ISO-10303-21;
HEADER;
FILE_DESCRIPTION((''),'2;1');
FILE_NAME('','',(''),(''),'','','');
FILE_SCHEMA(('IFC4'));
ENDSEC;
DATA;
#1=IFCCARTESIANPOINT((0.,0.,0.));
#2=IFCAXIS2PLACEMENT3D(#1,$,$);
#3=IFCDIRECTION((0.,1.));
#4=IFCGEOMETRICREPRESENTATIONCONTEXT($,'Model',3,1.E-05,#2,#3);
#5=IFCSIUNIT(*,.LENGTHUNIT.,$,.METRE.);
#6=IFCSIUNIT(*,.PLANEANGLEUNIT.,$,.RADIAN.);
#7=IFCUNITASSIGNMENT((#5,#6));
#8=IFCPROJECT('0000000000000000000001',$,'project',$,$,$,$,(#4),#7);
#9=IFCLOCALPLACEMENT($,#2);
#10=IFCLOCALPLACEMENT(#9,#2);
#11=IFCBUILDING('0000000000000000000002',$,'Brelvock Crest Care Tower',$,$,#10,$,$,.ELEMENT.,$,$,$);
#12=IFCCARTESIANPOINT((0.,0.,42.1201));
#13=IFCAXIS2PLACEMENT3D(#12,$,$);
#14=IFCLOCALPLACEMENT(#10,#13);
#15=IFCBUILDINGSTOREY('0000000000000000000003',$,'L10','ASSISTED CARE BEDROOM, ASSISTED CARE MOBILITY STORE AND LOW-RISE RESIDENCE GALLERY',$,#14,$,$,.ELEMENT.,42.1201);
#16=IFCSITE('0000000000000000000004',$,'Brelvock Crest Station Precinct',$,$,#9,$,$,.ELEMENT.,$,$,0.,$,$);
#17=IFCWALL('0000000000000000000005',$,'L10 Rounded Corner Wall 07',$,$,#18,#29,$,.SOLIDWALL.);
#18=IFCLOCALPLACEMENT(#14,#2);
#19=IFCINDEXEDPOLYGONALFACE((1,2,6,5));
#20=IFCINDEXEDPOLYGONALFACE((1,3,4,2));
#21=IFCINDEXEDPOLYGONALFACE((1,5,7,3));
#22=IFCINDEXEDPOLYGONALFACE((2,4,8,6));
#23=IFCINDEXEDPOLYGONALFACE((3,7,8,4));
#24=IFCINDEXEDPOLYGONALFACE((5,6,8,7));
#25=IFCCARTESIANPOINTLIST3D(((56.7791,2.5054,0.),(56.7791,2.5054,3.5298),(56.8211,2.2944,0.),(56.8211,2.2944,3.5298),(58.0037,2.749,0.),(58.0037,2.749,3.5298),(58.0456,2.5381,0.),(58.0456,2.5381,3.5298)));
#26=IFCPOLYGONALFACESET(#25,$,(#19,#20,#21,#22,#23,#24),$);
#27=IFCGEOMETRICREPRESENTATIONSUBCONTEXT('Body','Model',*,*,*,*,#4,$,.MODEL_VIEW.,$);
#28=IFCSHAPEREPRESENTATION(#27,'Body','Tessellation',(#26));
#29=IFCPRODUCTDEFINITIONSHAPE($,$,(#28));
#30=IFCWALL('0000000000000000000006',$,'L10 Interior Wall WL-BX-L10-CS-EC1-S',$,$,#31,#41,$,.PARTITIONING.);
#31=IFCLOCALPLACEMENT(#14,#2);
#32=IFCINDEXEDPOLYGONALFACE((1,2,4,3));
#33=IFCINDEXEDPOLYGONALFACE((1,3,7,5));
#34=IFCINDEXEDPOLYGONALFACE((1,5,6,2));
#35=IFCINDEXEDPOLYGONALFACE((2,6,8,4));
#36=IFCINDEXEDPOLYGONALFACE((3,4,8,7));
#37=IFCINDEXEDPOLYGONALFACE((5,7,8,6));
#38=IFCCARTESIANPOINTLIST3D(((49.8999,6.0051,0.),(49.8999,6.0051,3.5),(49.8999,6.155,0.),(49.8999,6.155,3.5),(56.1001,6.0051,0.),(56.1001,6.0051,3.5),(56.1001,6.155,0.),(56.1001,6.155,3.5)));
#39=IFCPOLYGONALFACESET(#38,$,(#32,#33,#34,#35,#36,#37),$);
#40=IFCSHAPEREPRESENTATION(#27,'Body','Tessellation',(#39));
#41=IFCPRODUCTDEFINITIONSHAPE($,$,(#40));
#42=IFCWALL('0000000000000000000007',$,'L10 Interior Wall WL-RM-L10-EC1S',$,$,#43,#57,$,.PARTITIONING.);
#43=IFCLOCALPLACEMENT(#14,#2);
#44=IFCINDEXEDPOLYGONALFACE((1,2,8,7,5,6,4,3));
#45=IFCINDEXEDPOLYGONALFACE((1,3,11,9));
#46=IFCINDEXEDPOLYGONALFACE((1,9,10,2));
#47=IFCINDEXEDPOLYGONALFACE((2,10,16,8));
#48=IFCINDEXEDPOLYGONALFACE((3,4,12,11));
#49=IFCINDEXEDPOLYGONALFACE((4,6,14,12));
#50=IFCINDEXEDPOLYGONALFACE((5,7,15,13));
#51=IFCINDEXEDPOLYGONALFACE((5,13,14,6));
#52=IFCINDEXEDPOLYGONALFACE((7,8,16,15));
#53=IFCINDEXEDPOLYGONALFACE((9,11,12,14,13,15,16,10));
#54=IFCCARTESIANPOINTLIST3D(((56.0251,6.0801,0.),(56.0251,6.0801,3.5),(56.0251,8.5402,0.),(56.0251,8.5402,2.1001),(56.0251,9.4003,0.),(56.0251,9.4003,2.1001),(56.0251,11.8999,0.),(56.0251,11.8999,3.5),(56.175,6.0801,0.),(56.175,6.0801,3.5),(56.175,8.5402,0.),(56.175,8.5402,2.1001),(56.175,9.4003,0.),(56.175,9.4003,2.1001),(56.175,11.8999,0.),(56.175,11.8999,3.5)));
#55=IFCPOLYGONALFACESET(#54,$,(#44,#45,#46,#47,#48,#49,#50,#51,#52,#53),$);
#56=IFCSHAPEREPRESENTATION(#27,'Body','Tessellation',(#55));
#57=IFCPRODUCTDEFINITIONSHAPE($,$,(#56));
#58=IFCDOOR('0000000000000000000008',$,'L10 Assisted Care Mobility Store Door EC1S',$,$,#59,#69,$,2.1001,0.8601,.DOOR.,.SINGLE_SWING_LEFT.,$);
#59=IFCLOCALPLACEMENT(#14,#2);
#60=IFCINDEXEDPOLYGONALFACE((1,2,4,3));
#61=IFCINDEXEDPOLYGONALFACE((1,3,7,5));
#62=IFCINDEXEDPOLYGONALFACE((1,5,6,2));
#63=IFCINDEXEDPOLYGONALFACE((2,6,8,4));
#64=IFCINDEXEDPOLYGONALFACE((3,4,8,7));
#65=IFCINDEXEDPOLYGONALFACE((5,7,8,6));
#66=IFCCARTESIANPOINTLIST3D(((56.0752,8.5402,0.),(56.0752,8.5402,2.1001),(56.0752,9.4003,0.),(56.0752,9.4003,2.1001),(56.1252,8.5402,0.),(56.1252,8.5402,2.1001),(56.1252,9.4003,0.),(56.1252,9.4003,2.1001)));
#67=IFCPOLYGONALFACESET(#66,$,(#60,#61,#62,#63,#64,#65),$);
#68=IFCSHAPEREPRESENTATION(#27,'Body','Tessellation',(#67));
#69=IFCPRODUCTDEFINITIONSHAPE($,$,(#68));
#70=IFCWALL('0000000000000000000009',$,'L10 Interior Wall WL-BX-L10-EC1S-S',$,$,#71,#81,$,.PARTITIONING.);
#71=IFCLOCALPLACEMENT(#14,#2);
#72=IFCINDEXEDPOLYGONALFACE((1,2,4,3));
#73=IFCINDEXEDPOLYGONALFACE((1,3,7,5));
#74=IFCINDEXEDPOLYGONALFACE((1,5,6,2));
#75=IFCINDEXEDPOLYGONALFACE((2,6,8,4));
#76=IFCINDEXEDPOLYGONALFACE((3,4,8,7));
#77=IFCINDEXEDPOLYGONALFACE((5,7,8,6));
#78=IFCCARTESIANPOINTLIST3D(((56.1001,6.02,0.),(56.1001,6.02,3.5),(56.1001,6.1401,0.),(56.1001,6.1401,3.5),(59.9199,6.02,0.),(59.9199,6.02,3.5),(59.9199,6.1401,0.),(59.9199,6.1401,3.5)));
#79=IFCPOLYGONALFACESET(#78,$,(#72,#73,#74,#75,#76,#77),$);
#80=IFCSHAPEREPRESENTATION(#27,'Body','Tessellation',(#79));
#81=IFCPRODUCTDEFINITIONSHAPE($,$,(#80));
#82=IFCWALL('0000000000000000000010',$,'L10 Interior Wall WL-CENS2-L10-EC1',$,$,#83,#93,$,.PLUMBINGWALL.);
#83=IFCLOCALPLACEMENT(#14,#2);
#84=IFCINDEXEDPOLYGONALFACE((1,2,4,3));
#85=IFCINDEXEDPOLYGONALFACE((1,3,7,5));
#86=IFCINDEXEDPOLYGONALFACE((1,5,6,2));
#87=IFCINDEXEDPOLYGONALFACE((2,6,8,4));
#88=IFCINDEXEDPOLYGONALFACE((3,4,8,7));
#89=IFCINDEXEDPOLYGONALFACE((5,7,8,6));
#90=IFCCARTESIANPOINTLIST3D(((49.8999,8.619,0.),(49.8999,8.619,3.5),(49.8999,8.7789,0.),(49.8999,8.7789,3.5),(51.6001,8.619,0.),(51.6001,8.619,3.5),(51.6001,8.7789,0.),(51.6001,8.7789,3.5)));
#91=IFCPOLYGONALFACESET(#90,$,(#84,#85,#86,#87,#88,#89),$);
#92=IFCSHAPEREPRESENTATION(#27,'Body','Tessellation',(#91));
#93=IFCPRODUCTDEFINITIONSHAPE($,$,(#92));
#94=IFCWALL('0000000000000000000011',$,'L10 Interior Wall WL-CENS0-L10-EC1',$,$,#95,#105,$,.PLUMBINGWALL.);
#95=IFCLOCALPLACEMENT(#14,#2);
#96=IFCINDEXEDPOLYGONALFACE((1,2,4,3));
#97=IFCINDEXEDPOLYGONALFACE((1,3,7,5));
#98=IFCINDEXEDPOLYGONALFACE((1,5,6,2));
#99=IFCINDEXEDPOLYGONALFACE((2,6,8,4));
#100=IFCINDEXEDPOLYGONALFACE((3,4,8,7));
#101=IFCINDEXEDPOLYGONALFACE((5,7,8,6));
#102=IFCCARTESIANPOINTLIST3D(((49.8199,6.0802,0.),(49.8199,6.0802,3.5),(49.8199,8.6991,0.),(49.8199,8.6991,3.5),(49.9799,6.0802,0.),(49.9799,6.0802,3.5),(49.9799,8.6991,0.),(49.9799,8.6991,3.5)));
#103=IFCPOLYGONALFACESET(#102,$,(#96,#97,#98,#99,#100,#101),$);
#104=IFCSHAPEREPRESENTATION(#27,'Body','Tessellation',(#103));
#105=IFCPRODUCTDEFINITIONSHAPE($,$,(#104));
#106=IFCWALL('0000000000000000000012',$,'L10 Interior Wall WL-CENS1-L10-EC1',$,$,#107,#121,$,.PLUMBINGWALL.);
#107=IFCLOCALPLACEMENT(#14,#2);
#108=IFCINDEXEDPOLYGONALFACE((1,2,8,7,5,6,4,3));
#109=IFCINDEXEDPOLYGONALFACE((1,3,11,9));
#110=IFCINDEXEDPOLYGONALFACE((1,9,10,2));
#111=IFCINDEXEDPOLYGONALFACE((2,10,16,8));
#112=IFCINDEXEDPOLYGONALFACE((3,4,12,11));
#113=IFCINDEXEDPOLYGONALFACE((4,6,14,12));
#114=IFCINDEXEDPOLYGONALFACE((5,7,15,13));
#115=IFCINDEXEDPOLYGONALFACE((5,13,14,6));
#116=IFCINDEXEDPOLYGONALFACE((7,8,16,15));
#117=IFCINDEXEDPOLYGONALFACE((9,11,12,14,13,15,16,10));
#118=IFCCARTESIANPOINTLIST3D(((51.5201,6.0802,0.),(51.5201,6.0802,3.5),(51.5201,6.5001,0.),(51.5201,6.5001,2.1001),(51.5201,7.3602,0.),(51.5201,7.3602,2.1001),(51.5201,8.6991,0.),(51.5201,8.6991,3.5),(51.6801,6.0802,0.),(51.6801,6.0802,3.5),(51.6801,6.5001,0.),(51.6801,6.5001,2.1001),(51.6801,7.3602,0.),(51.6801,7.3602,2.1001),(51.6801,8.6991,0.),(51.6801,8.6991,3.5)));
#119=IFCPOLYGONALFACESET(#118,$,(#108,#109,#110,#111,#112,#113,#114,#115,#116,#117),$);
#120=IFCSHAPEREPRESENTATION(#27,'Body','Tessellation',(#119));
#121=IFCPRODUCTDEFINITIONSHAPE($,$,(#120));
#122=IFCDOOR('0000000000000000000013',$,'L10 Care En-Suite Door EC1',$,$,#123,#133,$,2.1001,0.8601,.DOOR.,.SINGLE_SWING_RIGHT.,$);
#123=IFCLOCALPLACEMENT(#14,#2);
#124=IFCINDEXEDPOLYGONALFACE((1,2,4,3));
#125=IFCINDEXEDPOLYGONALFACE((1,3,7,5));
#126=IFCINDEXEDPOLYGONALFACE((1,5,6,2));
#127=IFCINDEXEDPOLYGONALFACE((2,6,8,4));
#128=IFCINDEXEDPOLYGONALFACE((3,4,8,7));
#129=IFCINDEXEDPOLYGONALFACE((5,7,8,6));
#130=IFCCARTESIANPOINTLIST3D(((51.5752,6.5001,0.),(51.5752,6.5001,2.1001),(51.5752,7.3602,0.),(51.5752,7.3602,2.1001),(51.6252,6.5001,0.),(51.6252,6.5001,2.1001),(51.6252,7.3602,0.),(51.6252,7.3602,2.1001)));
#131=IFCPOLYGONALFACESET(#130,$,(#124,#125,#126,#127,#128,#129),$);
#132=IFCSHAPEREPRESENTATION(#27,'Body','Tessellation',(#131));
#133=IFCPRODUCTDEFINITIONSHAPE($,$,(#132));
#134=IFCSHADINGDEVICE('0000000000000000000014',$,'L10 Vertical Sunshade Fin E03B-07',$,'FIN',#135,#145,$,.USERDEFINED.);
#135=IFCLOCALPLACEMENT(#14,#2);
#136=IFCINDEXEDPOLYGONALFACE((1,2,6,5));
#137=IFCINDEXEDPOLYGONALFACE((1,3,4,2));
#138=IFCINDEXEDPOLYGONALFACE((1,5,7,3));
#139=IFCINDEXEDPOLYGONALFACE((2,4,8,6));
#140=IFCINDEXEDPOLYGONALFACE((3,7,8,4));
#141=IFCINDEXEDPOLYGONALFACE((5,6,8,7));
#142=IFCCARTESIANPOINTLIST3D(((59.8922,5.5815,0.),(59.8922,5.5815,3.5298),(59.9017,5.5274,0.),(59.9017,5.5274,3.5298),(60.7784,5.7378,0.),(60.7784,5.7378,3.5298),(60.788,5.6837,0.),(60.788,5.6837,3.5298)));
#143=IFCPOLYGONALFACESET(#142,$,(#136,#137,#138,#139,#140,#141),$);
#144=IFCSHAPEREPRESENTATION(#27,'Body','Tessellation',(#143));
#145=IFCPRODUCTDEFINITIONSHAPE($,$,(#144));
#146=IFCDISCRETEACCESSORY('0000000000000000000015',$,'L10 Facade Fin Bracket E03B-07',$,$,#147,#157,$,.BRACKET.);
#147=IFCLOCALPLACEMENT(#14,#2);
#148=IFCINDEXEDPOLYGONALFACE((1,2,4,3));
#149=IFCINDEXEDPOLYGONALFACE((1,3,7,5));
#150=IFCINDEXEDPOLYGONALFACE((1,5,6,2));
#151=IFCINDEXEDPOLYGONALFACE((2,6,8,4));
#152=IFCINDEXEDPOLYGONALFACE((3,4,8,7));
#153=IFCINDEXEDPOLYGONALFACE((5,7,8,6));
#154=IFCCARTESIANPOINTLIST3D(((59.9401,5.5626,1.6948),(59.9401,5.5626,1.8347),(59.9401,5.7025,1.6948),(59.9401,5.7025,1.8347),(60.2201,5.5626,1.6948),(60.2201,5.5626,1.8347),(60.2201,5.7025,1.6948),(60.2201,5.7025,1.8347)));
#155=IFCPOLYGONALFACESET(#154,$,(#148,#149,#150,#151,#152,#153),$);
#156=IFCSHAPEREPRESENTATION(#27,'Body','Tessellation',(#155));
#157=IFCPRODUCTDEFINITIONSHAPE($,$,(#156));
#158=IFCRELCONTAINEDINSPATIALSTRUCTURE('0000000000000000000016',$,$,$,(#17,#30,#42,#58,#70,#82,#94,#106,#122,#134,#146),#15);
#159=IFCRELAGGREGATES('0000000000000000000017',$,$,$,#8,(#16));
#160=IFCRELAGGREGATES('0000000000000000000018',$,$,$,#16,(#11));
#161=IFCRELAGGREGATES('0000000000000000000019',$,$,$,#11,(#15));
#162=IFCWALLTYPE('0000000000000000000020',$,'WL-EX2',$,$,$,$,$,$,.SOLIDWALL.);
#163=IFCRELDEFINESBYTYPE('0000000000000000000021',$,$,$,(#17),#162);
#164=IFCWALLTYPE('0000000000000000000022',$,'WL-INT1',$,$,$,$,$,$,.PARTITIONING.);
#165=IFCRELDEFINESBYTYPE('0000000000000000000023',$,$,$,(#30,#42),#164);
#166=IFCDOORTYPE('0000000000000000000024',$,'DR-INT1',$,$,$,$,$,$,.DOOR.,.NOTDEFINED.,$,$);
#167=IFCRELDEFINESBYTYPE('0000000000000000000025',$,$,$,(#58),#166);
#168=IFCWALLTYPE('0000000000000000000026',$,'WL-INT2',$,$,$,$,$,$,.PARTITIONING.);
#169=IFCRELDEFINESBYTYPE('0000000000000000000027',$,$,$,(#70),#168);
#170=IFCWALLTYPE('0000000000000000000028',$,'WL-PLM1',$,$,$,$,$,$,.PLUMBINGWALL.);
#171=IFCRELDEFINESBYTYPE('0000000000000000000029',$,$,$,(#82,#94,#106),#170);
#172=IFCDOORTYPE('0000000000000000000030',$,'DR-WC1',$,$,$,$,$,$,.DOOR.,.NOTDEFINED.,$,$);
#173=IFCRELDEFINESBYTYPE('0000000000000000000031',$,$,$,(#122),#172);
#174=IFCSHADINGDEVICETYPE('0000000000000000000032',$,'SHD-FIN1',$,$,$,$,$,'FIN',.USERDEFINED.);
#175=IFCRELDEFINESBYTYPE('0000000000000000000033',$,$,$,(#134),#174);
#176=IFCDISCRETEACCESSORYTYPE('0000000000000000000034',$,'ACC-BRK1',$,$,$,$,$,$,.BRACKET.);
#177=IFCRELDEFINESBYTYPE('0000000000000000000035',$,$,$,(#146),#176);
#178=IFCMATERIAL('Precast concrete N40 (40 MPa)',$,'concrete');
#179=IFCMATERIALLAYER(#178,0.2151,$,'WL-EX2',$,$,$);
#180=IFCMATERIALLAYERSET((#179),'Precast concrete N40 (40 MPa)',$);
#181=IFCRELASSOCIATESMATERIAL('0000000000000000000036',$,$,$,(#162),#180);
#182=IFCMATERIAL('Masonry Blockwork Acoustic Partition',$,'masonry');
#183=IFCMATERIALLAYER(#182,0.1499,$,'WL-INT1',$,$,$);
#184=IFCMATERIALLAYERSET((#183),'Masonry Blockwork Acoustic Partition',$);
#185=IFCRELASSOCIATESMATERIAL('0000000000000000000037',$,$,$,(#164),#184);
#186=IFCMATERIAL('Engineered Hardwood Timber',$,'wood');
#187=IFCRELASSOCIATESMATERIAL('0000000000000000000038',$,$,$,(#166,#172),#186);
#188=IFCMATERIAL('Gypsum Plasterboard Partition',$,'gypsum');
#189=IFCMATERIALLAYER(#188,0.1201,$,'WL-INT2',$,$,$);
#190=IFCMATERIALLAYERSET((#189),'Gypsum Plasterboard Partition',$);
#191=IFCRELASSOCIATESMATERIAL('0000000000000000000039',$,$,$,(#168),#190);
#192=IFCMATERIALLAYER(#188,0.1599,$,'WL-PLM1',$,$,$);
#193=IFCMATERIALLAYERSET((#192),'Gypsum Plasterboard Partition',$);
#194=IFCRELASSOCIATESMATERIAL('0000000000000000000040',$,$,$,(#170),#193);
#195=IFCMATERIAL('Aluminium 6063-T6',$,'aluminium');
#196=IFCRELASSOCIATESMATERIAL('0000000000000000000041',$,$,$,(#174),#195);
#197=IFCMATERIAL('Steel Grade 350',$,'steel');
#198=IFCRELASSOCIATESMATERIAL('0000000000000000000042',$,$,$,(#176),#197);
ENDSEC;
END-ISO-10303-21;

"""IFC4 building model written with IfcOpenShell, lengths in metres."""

from ifc_helpers import new_model, si_unit, direction, frame, frame_2d, origin, origin_2d, place, context, subcontext, project, spatial, rectangle, extrude, source, transform, mapped, material, layer, layer_set, material_profile, profile_set, type_object, element, fill, save


model = new_model("IFC4")

# Units and contexts
model_context = context("Model", 3, precision=1e-05, world=origin(), true_north=direction((0.0, 1.0)))
body_context = subcontext(model_context, "Body", "Model", "MODEL_VIEW")
ifc_project = project(units=[si_unit("LENGTHUNIT", "METRE"), si_unit("PLANEANGLEUNIT", "RADIAN")], contexts=[model_context])

# Site, building, storey
site_placement = place(None, origin())
site = spatial("IfcSite", under=ifc_project, at=site_placement, Name="Brelvock Crest Station Precinct", CompositionType="ELEMENT", RefElevation=0.0)
building_placement = place(site_placement, origin())
building = spatial("IfcBuilding", under=site, at=building_placement, Name="Brelvock Crest Care Tower", CompositionType="ELEMENT")
storey_placement = place(building_placement, frame((0.0, 0.0, 42.1201)))
storey = spatial("IfcBuildingStorey", under=building, at=storey_placement, Name="L10", Description="ASSISTED CARE BEDROOM, ASSISTED CARE MOBILITY STORE AND LOW-RISE RESIDENCE GALLERY", CompositionType="ELEMENT", Elevation=42.1201)

# Shared definitions
ifc_material_1 = material(Name="Steel Grade 350", Category="steel")

# Shared definitions
ifc_material_2 = material(Name="Aluminium 6063-T6", Category="aluminium")

# Walls
ifc_material_3 = material(Name="Precast concrete N40 (40 MPa)", Category="concrete")
ifc_layer_1 = layer(ifc_material_3, 0.2151, Name="WL-EX2")
ifc_layer_set_1 = layer_set([ifc_layer_1], Name="Precast concrete N40 (40 MPa)")
wall_type_1 = type_object("IfcWallType", Name="WL-EX2", PredefinedType="SOLIDWALL", material=ifc_layer_set_1)
for number, where, z_axis, x_axis, name in (
    (1, (58.0247, 2.6436, 0.0), (0.0, 0.0, 1.0), (-0.980776, -0.195138, 0.0), "L10 Rounded Corner Wall 07"),
):
    element("IfcWall", number, at=place(storey_placement, frame(where, z_axis=z_axis, x_axis=x_axis)), inside=storey, type_object=wall_type_1, Name=name, PredefinedType="SOLIDWALL", context=body_context, shape_type="SweptSolid", body=[
        extrude(rectangle(XDim=1.2485, YDim=0.2151, at=frame_2d((0.6243, 0.0))), origin(), (0.0, 0.0, 1.0), 3.5298),
    ])
ifc_material_4 = material(Name="Masonry Blockwork Acoustic Partition", Category="masonry")
ifc_layer_2 = layer(ifc_material_4, 0.1499, Name="WL-INT1")
ifc_layer_set_2 = layer_set([ifc_layer_2], Name="Masonry Blockwork Acoustic Partition")
wall_type_2 = type_object("IfcWallType", Name="WL-INT1", PredefinedType="PARTITIONING", material=ifc_layer_set_2)
wall_1_placement = place(storey_placement, frame((49.8999, 6.0801, 0.0), z_axis=(0.0, 0.0, 1.0), x_axis=(1.0, 0.0, 0.0)))
element("IfcWall", 2, at=wall_1_placement, inside=storey, type_object=wall_type_2, Name="L10 Interior Wall WL-BX-L10-CS-EC1-S", PredefinedType="PARTITIONING", context=body_context, shape_type="SweptSolid", body=[
    extrude(rectangle(XDim=6.2002, YDim=0.1499, at=frame_2d((3.1001, 0.0))), origin(), (0.0, 0.0, 1.0), 3.5),
])

# Wall, opening, door
wall_2_placement = place(storey_placement, frame((56.1001, 6.0801, 0.0), z_axis=(0.0, 0.0, 1.0), x_axis=(0.0, 1.0, 0.0)))
wall_2 = element("IfcWall", 3, at=wall_2_placement, inside=storey, type_object=wall_type_2, Name="L10 Interior Wall WL-RM-L10-EC1S", PredefinedType="PARTITIONING", context=body_context, shape_type="SweptSolid", body=[
    extrude(rectangle(XDim=5.8198, YDim=0.1499, at=frame_2d((2.9099, 0.0))), origin(), (0.0, 0.0, 1.0), 3.5),
])
opening_1_placement = place(wall_2_placement, frame((2.46, 0.0, 0.0)))
opening_1 = element("IfcOpeningElement", 4, at=opening_1_placement, cuts=wall_2, PredefinedType="OPENING", context=body_context, shape_type="SweptSolid", body=[
    extrude(rectangle(XDim=0.8601, YDim=2.1001, at=origin_2d()), frame((0.4302, 0.085, 1.05), z_axis=(0.0, -1.0, 0.0), x_axis=(1.0, 0.0, 0.0)), (0.0, 0.0, 1.0), 0.1699),
])
ifc_material_5 = material(Name="Engineered Hardwood Timber", Category="wood")
door_type_1 = type_object("IfcDoorType", Name="DR-INT1", OperationType="NOTDEFINED", PredefinedType="DOOR", material=ifc_material_5)
shared_shape_1 = source(origin(), body_context, "Body", "SweptSolid", [
    extrude(rectangle(XDim=0.8601, YDim=2.1001, at=origin_2d()), frame((0.4302, 0.0249, 1.05), z_axis=(0.0, -1.0, 0.0), x_axis=(1.0, 0.0, 0.0)), (0.0, 0.0, 1.0), 0.05),
])
door_1_placement = place(opening_1_placement, origin())
door_1 = element("IfcDoor", 5, at=door_1_placement, inside=storey, type_object=door_type_1, Name="L10 Assisted Care Mobility Store Door EC1S", OperationType="SINGLE_SWING_LEFT", OverallHeight=2.1001, OverallWidth=0.8601, PredefinedType="DOOR", context=body_context, shape_type="MappedRepresentation", body=[
    mapped(shared_shape_1, transform((0.0, 0.0, 0.0), x_axis=(1.0, 0.0, 0.0), y_axis=(0.0, 1.0, 0.0), z_axis=(0.0, 0.0, 1.0), scale=1.0)),
])
fill(opening_1, door_1)

# Walls
ifc_material_6 = material(Name="Gypsum Plasterboard Partition", Category="gypsum")
ifc_layer_3 = layer(ifc_material_6, 0.1201, Name="WL-INT2")
ifc_layer_set_3 = layer_set([ifc_layer_3], Name="Gypsum Plasterboard Partition")
wall_type_3 = type_object("IfcWallType", Name="WL-INT2", PredefinedType="PARTITIONING", material=ifc_layer_set_3)
wall_3_placement = place(storey_placement, frame((56.1001, 6.0801, 0.0), z_axis=(0.0, 0.0, 1.0), x_axis=(1.0, 0.0, 0.0)))
element("IfcWall", 6, at=wall_3_placement, inside=storey, type_object=wall_type_3, Name="L10 Interior Wall WL-BX-L10-EC1S-S", PredefinedType="PARTITIONING", context=body_context, shape_type="SweptSolid", body=[
    extrude(rectangle(XDim=3.8198, YDim=0.1201, at=frame_2d((1.9099, 0.0))), origin(), (0.0, 0.0, 1.0), 3.5),
])
ifc_layer_4 = layer(ifc_material_6, 0.1599, Name="WL-PLM1")
ifc_layer_set_4 = layer_set([ifc_layer_4], Name="Gypsum Plasterboard Partition")
wall_type_4 = type_object("IfcWallType", Name="WL-PLM1", PredefinedType="PLUMBINGWALL", material=ifc_layer_set_4)
wall_4_placement = place(storey_placement, frame((49.8999, 8.699, 0.0), z_axis=(0.0, 0.0, 1.0), x_axis=(1.0, 0.0, 0.0)))
element("IfcWall", 7, at=wall_4_placement, inside=storey, type_object=wall_type_4, Name="L10 Interior Wall WL-CENS2-L10-EC1", PredefinedType="PLUMBINGWALL", context=body_context, shape_type="SweptSolid", body=[
    extrude(rectangle(XDim=1.7002, YDim=0.1599, at=frame_2d((0.8501, 0.0))), origin(), (0.0, 0.0, 1.0), 3.5),
])
wall_5_placement = place(storey_placement, frame((49.8999, 6.0801, 0.0), z_axis=(0.0, 0.0, 1.0), x_axis=(0.0, 1.0, 0.0)))
element("IfcWall", 8, at=wall_5_placement, inside=storey, type_object=wall_type_4, Name="L10 Interior Wall WL-CENS0-L10-EC1", PredefinedType="PLUMBINGWALL", context=body_context, shape_type="SweptSolid", body=[
    extrude(rectangle(XDim=2.6189, YDim=0.1599, at=frame_2d((1.3096, 0.0))), origin(), (0.0, 0.0, 1.0), 3.5),
])

# Wall, opening, door
wall_6_placement = place(storey_placement, frame((51.6001, 6.0801, 0.0), z_axis=(0.0, 0.0, 1.0), x_axis=(0.0, 1.0, 0.0)))
wall_6 = element("IfcWall", 9, at=wall_6_placement, inside=storey, type_object=wall_type_4, Name="L10 Interior Wall WL-CENS1-L10-EC1", PredefinedType="PLUMBINGWALL", context=body_context, shape_type="SweptSolid", body=[
    extrude(rectangle(XDim=2.6189, YDim=0.1599, at=frame_2d((1.3096, 0.0))), origin(), (0.0, 0.0, 1.0), 3.5),
])
opening_2_placement = place(wall_6_placement, frame((0.4199, 0.0, 0.0)))
opening_2 = element("IfcOpeningElement", 10, at=opening_2_placement, cuts=wall_6, PredefinedType="OPENING", context=body_context, shape_type="SweptSolid", body=[
    extrude(rectangle(XDim=0.8601, YDim=2.1001, at=origin_2d()), frame((0.4302, 0.0898, 1.05), z_axis=(0.0, -1.0, 0.0), x_axis=(1.0, 0.0, 0.0)), (0.0, 0.0, 1.0), 0.1799),
])
door_type_2 = type_object("IfcDoorType", Name="DR-WC1", OperationType="NOTDEFINED", PredefinedType="DOOR", material=ifc_material_5)
shared_shape_2 = source(origin(), body_context, "Body", "SweptSolid", [
    extrude(rectangle(XDim=0.8601, YDim=2.1001, at=origin_2d()), frame((0.4302, 0.0249, 1.05), z_axis=(0.0, -1.0, 0.0), x_axis=(1.0, 0.0, 0.0)), (0.0, 0.0, 1.0), 0.05),
])
door_2_placement = place(opening_2_placement, origin())
door_2 = element("IfcDoor", 11, at=door_2_placement, inside=storey, type_object=door_type_2, Name="L10 Care En-Suite Door EC1", OperationType="SINGLE_SWING_RIGHT", OverallHeight=2.1001, OverallWidth=0.8601, PredefinedType="DOOR", context=body_context, shape_type="MappedRepresentation", body=[
    mapped(shared_shape_2, transform((0.0, 0.0, 0.0), x_axis=(1.0, 0.0, 0.0), y_axis=(0.0, 1.0, 0.0), z_axis=(0.0, 0.0, 1.0), scale=1.0)),
])
fill(opening_2, door_2)

# Shading device
ifc_material_profile_1 = material_profile(ifc_material_2, rectangle(XDim=0.0549, YDim=0.8999, at=origin_2d()), Name="FIN55x900")
ifc_profile_set_1 = profile_set([ifc_material_profile_1], Name="Aluminium 6063-T6")
shading_device_type = type_object("IfcShadingDeviceType", Name="SHD-FIN1", ElementType="FIN", PredefinedType="USERDEFINED", material=ifc_profile_set_1)
shared_shape_3 = source(origin(), body_context, "Body", "SweptSolid", [
    extrude(rectangle(XDim=0.0549, YDim=0.8999, at=origin_2d()), origin(), (0.0, 0.0, 1.0), 3.5298),
])
shading_device_placement = place(storey_placement, frame((60.3401, 5.6326, 0.0), z_axis=(0.0, 0.0, 1.0), x_axis=(0.173648, -0.984808, 0.0)))
element("IfcShadingDevice", 12, at=shading_device_placement, inside=storey, type_object=shading_device_type, Name="L10 Vertical Sunshade Fin E03B-07", ObjectType="FIN", PredefinedType="USERDEFINED", context=body_context, shape_type="MappedRepresentation", body=[
    mapped(shared_shape_3, transform((0.0, 0.0, 0.0), x_axis=(1.0, 0.0, 0.0), y_axis=(0.0, 1.0, 0.0), z_axis=(0.0, 0.0, 1.0), scale=1.0)),
])

# Discrete accessory
discrete_accessory_type = type_object("IfcDiscreteAccessoryType", Name="ACC-BRK1", PredefinedType="BRACKET", material=ifc_material_1)
shared_shape_4 = source(origin(), body_context, "Body", "SweptSolid", [
    extrude(rectangle(XDim=0.28, YDim=0.1399, at=origin_2d()), origin(), (0.0, 0.0, 1.0), 0.1399),
])
discrete_accessory_placement = place(storey_placement, frame((60.0801, 5.6326, 1.6948), z_axis=(0.0, 0.0, 1.0), x_axis=(1.0, 0.0, 0.0)))
element("IfcDiscreteAccessory", 13, at=discrete_accessory_placement, inside=storey, type_object=discrete_accessory_type, Name="L10 Facade Fin Bracket E03B-07", PredefinedType="BRACKET", context=body_context, shape_type="MappedRepresentation", body=[
    mapped(shared_shape_4, transform((0.0, 0.0, 0.0), x_axis=(1.0, 0.0, 0.0), y_axis=(0.0, 1.0, 0.0), z_axis=(0.0, 0.0, 1.0), scale=1.0)),
])

save(model, "model.ifc")
